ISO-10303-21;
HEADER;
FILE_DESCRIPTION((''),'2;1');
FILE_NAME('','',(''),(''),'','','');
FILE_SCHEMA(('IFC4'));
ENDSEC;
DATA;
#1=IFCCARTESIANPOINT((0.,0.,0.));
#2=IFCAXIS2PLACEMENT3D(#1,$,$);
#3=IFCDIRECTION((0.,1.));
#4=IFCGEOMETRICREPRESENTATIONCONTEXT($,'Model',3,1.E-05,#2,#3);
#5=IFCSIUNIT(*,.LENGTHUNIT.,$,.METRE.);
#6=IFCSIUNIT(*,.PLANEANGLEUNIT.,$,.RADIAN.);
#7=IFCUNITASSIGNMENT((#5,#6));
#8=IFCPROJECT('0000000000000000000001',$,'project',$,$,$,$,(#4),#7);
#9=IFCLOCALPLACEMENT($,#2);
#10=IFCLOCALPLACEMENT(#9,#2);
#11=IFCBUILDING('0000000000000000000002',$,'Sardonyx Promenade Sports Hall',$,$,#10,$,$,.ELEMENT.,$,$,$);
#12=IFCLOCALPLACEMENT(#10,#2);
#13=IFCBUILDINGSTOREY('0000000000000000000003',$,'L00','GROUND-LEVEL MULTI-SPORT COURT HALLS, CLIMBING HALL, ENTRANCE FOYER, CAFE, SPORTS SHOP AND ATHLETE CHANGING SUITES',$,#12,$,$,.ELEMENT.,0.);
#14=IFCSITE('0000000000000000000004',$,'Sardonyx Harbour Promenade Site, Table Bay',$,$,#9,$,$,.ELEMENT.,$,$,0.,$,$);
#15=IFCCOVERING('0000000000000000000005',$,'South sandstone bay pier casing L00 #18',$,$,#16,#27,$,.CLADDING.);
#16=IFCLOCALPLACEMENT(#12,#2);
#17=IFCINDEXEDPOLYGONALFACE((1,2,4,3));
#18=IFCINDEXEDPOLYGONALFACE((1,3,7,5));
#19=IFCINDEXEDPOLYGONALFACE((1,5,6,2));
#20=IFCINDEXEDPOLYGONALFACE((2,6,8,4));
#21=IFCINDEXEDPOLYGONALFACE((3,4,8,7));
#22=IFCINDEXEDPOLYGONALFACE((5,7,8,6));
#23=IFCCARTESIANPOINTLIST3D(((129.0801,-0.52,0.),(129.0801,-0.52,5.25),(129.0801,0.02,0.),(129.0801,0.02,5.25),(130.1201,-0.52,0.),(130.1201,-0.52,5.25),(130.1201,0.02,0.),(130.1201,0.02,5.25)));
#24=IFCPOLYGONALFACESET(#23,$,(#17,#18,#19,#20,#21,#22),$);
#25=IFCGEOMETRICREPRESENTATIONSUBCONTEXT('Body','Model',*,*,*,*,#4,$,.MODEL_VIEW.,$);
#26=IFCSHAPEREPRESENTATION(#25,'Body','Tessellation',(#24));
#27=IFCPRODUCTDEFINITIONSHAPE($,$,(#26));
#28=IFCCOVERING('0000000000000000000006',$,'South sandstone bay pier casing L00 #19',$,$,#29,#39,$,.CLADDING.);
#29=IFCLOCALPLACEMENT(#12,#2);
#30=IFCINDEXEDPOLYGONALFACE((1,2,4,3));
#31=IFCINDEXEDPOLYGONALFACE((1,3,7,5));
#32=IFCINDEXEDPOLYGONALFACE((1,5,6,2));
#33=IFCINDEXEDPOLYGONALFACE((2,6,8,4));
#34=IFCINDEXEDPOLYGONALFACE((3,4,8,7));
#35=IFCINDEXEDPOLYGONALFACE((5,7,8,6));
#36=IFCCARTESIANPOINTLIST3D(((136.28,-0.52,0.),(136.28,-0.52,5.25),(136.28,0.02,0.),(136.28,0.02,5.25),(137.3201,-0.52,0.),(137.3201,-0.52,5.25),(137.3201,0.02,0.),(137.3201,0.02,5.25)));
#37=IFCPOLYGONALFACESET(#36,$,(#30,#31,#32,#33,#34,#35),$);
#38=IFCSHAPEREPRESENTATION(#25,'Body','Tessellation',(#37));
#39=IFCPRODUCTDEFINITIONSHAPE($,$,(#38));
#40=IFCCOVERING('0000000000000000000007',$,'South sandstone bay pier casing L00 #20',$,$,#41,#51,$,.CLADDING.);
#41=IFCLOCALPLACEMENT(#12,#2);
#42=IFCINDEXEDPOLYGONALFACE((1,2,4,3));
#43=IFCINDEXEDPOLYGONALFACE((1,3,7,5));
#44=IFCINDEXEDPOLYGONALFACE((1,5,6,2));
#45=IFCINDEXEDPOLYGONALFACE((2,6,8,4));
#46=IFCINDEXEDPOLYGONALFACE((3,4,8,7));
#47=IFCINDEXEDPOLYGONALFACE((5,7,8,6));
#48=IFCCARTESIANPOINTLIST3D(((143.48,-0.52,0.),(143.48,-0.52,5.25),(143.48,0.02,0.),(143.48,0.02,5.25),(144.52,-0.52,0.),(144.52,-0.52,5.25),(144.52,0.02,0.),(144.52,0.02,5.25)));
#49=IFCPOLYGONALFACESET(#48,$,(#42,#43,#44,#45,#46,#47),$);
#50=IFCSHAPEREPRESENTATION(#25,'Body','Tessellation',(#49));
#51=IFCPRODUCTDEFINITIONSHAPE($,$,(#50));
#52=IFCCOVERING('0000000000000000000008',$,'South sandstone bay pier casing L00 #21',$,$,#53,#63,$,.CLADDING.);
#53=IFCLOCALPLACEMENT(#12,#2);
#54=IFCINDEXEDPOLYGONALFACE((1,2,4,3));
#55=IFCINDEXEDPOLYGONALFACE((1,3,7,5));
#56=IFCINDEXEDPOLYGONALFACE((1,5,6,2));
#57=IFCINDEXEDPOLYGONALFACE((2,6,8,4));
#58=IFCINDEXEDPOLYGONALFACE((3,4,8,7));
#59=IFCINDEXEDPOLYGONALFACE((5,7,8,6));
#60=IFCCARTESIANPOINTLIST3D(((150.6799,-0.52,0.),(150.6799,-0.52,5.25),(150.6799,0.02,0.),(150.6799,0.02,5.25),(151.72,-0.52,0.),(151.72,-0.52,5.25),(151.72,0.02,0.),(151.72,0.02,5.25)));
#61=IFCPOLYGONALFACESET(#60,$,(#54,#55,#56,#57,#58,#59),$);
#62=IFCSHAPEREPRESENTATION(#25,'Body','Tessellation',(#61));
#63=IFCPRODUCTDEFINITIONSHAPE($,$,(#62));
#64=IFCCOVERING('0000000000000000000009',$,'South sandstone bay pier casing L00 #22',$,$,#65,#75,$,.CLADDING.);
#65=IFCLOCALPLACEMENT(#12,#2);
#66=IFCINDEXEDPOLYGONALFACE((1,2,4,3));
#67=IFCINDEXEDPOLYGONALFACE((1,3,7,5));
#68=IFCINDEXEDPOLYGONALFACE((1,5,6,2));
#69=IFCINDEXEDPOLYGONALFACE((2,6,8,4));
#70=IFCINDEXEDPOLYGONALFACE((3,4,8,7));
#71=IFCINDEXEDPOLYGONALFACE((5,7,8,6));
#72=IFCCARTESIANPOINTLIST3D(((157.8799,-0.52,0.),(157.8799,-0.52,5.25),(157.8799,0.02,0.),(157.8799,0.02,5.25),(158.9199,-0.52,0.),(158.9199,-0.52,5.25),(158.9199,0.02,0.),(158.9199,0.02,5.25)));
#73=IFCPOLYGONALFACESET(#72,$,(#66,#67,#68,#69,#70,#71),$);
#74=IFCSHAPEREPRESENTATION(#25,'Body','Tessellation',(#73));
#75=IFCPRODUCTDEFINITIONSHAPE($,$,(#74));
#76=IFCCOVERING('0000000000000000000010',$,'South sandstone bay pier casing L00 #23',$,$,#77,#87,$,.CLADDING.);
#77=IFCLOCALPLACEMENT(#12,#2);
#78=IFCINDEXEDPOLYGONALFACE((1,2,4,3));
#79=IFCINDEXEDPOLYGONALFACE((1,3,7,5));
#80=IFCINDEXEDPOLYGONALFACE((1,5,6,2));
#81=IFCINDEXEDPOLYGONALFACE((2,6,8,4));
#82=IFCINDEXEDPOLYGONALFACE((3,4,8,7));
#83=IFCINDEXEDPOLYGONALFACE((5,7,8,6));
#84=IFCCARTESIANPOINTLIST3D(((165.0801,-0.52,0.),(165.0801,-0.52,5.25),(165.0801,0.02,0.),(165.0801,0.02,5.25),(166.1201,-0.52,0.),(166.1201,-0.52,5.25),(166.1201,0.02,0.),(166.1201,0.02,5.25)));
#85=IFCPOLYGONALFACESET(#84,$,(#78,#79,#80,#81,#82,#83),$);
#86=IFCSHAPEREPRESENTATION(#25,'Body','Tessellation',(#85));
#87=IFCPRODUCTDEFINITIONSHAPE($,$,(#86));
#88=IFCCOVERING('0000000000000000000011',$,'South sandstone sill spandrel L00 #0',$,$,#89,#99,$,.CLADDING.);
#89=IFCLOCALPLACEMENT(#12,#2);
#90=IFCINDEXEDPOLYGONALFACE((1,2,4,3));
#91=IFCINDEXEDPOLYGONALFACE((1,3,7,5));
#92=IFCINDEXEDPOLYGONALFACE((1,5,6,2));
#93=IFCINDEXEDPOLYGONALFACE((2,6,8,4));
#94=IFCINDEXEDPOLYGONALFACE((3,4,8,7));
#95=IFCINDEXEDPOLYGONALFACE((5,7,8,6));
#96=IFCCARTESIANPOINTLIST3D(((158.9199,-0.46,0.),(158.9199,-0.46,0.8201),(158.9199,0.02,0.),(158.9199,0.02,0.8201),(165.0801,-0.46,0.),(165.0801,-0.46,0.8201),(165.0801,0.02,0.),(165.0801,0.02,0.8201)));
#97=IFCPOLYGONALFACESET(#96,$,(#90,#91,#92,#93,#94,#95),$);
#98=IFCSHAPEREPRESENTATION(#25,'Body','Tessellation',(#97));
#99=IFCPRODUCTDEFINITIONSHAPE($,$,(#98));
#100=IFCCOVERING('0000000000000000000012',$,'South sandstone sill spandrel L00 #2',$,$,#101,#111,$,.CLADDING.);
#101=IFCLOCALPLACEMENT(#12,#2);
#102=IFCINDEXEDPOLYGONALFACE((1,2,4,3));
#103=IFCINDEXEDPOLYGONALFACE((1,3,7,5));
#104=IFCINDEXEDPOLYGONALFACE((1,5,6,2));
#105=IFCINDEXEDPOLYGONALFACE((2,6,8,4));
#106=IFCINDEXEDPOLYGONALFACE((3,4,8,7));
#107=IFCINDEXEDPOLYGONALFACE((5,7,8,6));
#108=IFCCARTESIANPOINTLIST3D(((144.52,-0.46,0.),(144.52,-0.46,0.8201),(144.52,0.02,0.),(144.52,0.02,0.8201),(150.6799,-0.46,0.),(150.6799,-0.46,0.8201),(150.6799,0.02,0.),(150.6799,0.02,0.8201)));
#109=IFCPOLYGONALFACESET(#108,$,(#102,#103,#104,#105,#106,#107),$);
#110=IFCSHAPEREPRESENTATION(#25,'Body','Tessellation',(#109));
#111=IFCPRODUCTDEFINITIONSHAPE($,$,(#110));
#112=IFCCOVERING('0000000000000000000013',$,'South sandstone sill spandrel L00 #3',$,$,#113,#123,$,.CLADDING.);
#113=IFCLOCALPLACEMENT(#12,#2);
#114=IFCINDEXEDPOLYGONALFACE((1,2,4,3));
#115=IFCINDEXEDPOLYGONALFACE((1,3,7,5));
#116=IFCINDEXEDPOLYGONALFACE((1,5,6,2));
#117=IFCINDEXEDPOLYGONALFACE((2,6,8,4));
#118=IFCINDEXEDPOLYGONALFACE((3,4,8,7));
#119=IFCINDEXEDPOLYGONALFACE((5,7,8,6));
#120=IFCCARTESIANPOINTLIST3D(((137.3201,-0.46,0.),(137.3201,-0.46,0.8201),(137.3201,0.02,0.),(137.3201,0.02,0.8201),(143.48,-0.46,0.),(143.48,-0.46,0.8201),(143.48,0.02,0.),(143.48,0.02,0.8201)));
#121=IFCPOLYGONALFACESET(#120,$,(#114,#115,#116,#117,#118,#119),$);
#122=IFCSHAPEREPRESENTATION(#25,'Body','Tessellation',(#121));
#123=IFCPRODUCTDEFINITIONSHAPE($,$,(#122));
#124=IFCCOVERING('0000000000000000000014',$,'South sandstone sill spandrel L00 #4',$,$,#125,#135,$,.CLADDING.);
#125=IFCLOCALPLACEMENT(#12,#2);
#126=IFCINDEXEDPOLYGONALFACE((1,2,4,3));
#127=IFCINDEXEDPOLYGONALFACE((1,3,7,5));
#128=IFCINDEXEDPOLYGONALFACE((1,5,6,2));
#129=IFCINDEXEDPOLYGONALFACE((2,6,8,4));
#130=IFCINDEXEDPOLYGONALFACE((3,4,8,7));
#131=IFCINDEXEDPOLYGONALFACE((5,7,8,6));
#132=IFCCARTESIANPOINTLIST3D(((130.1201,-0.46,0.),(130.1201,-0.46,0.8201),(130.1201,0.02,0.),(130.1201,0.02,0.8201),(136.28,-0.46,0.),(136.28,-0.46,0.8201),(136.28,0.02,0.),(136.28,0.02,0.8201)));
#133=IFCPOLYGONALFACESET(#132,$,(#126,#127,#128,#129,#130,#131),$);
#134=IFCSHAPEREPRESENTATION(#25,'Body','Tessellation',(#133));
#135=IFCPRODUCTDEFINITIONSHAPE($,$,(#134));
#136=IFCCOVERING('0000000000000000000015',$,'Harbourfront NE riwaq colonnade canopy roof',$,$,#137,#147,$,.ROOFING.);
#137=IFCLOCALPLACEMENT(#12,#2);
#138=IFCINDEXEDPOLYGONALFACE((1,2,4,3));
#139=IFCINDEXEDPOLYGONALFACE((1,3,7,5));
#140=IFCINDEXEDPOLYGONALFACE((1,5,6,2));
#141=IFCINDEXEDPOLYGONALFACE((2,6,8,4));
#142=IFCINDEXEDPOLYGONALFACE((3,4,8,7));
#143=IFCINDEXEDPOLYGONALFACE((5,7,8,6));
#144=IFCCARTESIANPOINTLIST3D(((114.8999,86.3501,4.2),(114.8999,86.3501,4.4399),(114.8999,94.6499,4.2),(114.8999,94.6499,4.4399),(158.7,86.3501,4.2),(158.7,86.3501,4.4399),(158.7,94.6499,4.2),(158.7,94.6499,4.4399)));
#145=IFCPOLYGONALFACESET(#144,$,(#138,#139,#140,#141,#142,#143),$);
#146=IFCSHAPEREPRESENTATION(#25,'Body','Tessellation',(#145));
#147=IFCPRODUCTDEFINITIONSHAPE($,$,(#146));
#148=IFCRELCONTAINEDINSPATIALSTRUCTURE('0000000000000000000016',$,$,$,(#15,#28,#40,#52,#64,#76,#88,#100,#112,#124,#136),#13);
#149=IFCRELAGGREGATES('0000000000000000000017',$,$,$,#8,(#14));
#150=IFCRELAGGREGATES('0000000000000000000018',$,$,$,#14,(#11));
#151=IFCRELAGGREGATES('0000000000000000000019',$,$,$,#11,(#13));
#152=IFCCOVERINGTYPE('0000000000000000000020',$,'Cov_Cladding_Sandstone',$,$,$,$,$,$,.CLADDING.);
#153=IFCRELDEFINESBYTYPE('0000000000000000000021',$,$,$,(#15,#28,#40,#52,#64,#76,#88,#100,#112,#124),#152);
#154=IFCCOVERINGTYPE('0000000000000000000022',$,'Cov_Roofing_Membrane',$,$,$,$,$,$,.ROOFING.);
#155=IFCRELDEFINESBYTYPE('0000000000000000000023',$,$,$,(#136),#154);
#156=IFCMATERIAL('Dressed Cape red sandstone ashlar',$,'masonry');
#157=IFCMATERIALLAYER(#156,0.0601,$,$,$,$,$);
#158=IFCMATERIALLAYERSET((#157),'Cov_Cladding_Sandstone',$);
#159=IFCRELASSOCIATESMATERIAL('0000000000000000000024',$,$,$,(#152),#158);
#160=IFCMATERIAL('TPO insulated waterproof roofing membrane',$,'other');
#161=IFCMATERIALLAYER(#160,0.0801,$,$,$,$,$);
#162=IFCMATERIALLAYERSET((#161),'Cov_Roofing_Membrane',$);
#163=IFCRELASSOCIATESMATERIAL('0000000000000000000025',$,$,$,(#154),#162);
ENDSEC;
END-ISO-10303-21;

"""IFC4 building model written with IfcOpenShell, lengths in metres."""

from ifc_helpers import new_model, si_unit, direction, frame, origin, place, context, subcontext, project, spatial, polyline, outline, extrude, material, layer, layer_set, type_object, element, save


model = new_model("IFC4")

# Units and contexts
model_context = context("Model", 3, precision=1e-05, world=origin(), true_north=direction((0.0, 1.0)))
body_context = subcontext(model_context, "Body", "Model", "MODEL_VIEW")
ifc_project = project(units=[si_unit("LENGTHUNIT", "METRE"), si_unit("PLANEANGLEUNIT", "RADIAN")], contexts=[model_context])

# Site, building, storey
site_placement = place(None, origin())
site = spatial("IfcSite", under=ifc_project, at=site_placement, Name="Sardonyx Harbour Promenade Site, Table Bay", CompositionType="ELEMENT", RefElevation=0.0)
building_placement = place(site_placement, origin())
building = spatial("IfcBuilding", under=site, at=building_placement, Name="Sardonyx Promenade Sports Hall", CompositionType="ELEMENT")
storey_placement = place(building_placement, origin())
storey = spatial("IfcBuildingStorey", under=building, at=storey_placement, Name="L00", Description="GROUND-LEVEL MULTI-SPORT COURT HALLS, CLIMBING HALL, ENTRANCE FOYER, CAFE, SPORTS SHOP AND ATHLETE CHANGING SUITES", CompositionType="ELEMENT", Elevation=0.0)

# Coverings
ifc_material_1 = material(Name="Dressed Cape red sandstone ashlar", Category="masonry")
ifc_layer_1 = layer(ifc_material_1, 0.0601)
ifc_layer_set_1 = layer_set([ifc_layer_1], Name="Cov_Cladding_Sandstone")
covering_type_1 = type_object("IfcCoveringType", Name="Cov_Cladding_Sandstone", PredefinedType="CLADDING", material=ifc_layer_set_1)
covering_1_placement = place(storey_placement, origin())
element("IfcCovering", 1, at=covering_1_placement, inside=storey, type_object=covering_type_1, Name="South sandstone bay pier casing L00 #18", PredefinedType="CLADDING", context=body_context, shape_type="SweptSolid", body=[
    extrude(outline(polyline([(129.0801, -0.52), (130.1201, -0.52), (130.1201, 0.02), (129.0801, 0.02), (129.0801, -0.52)])), origin(), (0.0, 0.0, 1.0), 5.25),
])
covering_2_placement = place(storey_placement, origin())
element("IfcCovering", 2, at=covering_2_placement, inside=storey, type_object=covering_type_1, Name="South sandstone bay pier casing L00 #19", PredefinedType="CLADDING", context=body_context, shape_type="SweptSolid", body=[
    extrude(outline(polyline([(136.28, -0.52), (137.3201, -0.52), (137.3201, 0.02), (136.28, 0.02), (136.28, -0.52)])), origin(), (0.0, 0.0, 1.0), 5.25),
])
covering_3_placement = place(storey_placement, origin())
element("IfcCovering", 3, at=covering_3_placement, inside=storey, type_object=covering_type_1, Name="South sandstone bay pier casing L00 #20", PredefinedType="CLADDING", context=body_context, shape_type="SweptSolid", body=[
    extrude(outline(polyline([(143.48, -0.52), (144.52, -0.52), (144.52, 0.02), (143.48, 0.02), (143.48, -0.52)])), origin(), (0.0, 0.0, 1.0), 5.25),
])
covering_4_placement = place(storey_placement, origin())
element("IfcCovering", 4, at=covering_4_placement, inside=storey, type_object=covering_type_1, Name="South sandstone bay pier casing L00 #21", PredefinedType="CLADDING", context=body_context, shape_type="SweptSolid", body=[
    extrude(outline(polyline([(150.6799, -0.52), (151.72, -0.52), (151.72, 0.02), (150.6799, 0.02), (150.6799, -0.52)])), origin(), (0.0, 0.0, 1.0), 5.25),
])
covering_5_placement = place(storey_placement, origin())
element("IfcCovering", 5, at=covering_5_placement, inside=storey, type_object=covering_type_1, Name="South sandstone bay pier casing L00 #22", PredefinedType="CLADDING", context=body_context, shape_type="SweptSolid", body=[
    extrude(outline(polyline([(157.8799, -0.52), (158.9199, -0.52), (158.9199, 0.02), (157.8799, 0.02), (157.8799, -0.52)])), origin(), (0.0, 0.0, 1.0), 5.25),
])
covering_6_placement = place(storey_placement, origin())
element("IfcCovering", 6, at=covering_6_placement, inside=storey, type_object=covering_type_1, Name="South sandstone bay pier casing L00 #23", PredefinedType="CLADDING", context=body_context, shape_type="SweptSolid", body=[
    extrude(outline(polyline([(165.0801, -0.52), (166.1201, -0.52), (166.1201, 0.02), (165.0801, 0.02), (165.0801, -0.52)])), origin(), (0.0, 0.0, 1.0), 5.25),
])
covering_7_placement = place(storey_placement, origin())
element("IfcCovering", 7, at=covering_7_placement, inside=storey, type_object=covering_type_1, Name="South sandstone sill spandrel L00 #0", PredefinedType="CLADDING", context=body_context, shape_type="SweptSolid", body=[
    extrude(outline(polyline([(158.9199, -0.46), (165.0801, -0.46), (165.0801, 0.02), (158.9199, 0.02), (158.9199, -0.46)])), origin(), (0.0, 0.0, 1.0), 0.8201),
])
covering_8_placement = place(storey_placement, origin())
element("IfcCovering", 8, at=covering_8_placement, inside=storey, type_object=covering_type_1, Name="South sandstone sill spandrel L00 #2", PredefinedType="CLADDING", context=body_context, shape_type="SweptSolid", body=[
    extrude(outline(polyline([(144.52, -0.46), (150.6799, -0.46), (150.6799, 0.02), (144.52, 0.02), (144.52, -0.46)])), origin(), (0.0, 0.0, 1.0), 0.8201),
])
covering_9_placement = place(storey_placement, origin())
element("IfcCovering", 9, at=covering_9_placement, inside=storey, type_object=covering_type_1, Name="South sandstone sill spandrel L00 #3", PredefinedType="CLADDING", context=body_context, shape_type="SweptSolid", body=[
    extrude(outline(polyline([(137.3201, -0.46), (143.48, -0.46), (143.48, 0.02), (137.3201, 0.02), (137.3201, -0.46)])), origin(), (0.0, 0.0, 1.0), 0.8201),
])
covering_10_placement = place(storey_placement, origin())
element("IfcCovering", 10, at=covering_10_placement, inside=storey, type_object=covering_type_1, Name="South sandstone sill spandrel L00 #4", PredefinedType="CLADDING", context=body_context, shape_type="SweptSolid", body=[
    extrude(outline(polyline([(130.1201, -0.46), (136.28, -0.46), (136.28, 0.02), (130.1201, 0.02), (130.1201, -0.46)])), origin(), (0.0, 0.0, 1.0), 0.8201),
])
ifc_material_2 = material(Name="TPO insulated waterproof roofing membrane", Category="other")
ifc_layer_2 = layer(ifc_material_2, 0.0801)
ifc_layer_set_2 = layer_set([ifc_layer_2], Name="Cov_Roofing_Membrane")
covering_type_2 = type_object("IfcCoveringType", Name="Cov_Roofing_Membrane", PredefinedType="ROOFING", material=ifc_layer_set_2)
covering_11_placement = place(storey_placement, frame((0.0, 0.0, 4.2)))
element("IfcCovering", 11, at=covering_11_placement, inside=storey, type_object=covering_type_2, Name="Harbourfront NE riwaq colonnade canopy roof", PredefinedType="ROOFING", context=body_context, shape_type="SweptSolid", body=[
    extrude(outline(polyline([(114.8999, 86.3501), (158.7, 86.3501), (158.7, 94.6499), (114.8999, 94.6499), (114.8999, 86.3501)])), origin(), (0.0, 0.0, 1.0), 0.24),
])

save(model, "model.ifc")
